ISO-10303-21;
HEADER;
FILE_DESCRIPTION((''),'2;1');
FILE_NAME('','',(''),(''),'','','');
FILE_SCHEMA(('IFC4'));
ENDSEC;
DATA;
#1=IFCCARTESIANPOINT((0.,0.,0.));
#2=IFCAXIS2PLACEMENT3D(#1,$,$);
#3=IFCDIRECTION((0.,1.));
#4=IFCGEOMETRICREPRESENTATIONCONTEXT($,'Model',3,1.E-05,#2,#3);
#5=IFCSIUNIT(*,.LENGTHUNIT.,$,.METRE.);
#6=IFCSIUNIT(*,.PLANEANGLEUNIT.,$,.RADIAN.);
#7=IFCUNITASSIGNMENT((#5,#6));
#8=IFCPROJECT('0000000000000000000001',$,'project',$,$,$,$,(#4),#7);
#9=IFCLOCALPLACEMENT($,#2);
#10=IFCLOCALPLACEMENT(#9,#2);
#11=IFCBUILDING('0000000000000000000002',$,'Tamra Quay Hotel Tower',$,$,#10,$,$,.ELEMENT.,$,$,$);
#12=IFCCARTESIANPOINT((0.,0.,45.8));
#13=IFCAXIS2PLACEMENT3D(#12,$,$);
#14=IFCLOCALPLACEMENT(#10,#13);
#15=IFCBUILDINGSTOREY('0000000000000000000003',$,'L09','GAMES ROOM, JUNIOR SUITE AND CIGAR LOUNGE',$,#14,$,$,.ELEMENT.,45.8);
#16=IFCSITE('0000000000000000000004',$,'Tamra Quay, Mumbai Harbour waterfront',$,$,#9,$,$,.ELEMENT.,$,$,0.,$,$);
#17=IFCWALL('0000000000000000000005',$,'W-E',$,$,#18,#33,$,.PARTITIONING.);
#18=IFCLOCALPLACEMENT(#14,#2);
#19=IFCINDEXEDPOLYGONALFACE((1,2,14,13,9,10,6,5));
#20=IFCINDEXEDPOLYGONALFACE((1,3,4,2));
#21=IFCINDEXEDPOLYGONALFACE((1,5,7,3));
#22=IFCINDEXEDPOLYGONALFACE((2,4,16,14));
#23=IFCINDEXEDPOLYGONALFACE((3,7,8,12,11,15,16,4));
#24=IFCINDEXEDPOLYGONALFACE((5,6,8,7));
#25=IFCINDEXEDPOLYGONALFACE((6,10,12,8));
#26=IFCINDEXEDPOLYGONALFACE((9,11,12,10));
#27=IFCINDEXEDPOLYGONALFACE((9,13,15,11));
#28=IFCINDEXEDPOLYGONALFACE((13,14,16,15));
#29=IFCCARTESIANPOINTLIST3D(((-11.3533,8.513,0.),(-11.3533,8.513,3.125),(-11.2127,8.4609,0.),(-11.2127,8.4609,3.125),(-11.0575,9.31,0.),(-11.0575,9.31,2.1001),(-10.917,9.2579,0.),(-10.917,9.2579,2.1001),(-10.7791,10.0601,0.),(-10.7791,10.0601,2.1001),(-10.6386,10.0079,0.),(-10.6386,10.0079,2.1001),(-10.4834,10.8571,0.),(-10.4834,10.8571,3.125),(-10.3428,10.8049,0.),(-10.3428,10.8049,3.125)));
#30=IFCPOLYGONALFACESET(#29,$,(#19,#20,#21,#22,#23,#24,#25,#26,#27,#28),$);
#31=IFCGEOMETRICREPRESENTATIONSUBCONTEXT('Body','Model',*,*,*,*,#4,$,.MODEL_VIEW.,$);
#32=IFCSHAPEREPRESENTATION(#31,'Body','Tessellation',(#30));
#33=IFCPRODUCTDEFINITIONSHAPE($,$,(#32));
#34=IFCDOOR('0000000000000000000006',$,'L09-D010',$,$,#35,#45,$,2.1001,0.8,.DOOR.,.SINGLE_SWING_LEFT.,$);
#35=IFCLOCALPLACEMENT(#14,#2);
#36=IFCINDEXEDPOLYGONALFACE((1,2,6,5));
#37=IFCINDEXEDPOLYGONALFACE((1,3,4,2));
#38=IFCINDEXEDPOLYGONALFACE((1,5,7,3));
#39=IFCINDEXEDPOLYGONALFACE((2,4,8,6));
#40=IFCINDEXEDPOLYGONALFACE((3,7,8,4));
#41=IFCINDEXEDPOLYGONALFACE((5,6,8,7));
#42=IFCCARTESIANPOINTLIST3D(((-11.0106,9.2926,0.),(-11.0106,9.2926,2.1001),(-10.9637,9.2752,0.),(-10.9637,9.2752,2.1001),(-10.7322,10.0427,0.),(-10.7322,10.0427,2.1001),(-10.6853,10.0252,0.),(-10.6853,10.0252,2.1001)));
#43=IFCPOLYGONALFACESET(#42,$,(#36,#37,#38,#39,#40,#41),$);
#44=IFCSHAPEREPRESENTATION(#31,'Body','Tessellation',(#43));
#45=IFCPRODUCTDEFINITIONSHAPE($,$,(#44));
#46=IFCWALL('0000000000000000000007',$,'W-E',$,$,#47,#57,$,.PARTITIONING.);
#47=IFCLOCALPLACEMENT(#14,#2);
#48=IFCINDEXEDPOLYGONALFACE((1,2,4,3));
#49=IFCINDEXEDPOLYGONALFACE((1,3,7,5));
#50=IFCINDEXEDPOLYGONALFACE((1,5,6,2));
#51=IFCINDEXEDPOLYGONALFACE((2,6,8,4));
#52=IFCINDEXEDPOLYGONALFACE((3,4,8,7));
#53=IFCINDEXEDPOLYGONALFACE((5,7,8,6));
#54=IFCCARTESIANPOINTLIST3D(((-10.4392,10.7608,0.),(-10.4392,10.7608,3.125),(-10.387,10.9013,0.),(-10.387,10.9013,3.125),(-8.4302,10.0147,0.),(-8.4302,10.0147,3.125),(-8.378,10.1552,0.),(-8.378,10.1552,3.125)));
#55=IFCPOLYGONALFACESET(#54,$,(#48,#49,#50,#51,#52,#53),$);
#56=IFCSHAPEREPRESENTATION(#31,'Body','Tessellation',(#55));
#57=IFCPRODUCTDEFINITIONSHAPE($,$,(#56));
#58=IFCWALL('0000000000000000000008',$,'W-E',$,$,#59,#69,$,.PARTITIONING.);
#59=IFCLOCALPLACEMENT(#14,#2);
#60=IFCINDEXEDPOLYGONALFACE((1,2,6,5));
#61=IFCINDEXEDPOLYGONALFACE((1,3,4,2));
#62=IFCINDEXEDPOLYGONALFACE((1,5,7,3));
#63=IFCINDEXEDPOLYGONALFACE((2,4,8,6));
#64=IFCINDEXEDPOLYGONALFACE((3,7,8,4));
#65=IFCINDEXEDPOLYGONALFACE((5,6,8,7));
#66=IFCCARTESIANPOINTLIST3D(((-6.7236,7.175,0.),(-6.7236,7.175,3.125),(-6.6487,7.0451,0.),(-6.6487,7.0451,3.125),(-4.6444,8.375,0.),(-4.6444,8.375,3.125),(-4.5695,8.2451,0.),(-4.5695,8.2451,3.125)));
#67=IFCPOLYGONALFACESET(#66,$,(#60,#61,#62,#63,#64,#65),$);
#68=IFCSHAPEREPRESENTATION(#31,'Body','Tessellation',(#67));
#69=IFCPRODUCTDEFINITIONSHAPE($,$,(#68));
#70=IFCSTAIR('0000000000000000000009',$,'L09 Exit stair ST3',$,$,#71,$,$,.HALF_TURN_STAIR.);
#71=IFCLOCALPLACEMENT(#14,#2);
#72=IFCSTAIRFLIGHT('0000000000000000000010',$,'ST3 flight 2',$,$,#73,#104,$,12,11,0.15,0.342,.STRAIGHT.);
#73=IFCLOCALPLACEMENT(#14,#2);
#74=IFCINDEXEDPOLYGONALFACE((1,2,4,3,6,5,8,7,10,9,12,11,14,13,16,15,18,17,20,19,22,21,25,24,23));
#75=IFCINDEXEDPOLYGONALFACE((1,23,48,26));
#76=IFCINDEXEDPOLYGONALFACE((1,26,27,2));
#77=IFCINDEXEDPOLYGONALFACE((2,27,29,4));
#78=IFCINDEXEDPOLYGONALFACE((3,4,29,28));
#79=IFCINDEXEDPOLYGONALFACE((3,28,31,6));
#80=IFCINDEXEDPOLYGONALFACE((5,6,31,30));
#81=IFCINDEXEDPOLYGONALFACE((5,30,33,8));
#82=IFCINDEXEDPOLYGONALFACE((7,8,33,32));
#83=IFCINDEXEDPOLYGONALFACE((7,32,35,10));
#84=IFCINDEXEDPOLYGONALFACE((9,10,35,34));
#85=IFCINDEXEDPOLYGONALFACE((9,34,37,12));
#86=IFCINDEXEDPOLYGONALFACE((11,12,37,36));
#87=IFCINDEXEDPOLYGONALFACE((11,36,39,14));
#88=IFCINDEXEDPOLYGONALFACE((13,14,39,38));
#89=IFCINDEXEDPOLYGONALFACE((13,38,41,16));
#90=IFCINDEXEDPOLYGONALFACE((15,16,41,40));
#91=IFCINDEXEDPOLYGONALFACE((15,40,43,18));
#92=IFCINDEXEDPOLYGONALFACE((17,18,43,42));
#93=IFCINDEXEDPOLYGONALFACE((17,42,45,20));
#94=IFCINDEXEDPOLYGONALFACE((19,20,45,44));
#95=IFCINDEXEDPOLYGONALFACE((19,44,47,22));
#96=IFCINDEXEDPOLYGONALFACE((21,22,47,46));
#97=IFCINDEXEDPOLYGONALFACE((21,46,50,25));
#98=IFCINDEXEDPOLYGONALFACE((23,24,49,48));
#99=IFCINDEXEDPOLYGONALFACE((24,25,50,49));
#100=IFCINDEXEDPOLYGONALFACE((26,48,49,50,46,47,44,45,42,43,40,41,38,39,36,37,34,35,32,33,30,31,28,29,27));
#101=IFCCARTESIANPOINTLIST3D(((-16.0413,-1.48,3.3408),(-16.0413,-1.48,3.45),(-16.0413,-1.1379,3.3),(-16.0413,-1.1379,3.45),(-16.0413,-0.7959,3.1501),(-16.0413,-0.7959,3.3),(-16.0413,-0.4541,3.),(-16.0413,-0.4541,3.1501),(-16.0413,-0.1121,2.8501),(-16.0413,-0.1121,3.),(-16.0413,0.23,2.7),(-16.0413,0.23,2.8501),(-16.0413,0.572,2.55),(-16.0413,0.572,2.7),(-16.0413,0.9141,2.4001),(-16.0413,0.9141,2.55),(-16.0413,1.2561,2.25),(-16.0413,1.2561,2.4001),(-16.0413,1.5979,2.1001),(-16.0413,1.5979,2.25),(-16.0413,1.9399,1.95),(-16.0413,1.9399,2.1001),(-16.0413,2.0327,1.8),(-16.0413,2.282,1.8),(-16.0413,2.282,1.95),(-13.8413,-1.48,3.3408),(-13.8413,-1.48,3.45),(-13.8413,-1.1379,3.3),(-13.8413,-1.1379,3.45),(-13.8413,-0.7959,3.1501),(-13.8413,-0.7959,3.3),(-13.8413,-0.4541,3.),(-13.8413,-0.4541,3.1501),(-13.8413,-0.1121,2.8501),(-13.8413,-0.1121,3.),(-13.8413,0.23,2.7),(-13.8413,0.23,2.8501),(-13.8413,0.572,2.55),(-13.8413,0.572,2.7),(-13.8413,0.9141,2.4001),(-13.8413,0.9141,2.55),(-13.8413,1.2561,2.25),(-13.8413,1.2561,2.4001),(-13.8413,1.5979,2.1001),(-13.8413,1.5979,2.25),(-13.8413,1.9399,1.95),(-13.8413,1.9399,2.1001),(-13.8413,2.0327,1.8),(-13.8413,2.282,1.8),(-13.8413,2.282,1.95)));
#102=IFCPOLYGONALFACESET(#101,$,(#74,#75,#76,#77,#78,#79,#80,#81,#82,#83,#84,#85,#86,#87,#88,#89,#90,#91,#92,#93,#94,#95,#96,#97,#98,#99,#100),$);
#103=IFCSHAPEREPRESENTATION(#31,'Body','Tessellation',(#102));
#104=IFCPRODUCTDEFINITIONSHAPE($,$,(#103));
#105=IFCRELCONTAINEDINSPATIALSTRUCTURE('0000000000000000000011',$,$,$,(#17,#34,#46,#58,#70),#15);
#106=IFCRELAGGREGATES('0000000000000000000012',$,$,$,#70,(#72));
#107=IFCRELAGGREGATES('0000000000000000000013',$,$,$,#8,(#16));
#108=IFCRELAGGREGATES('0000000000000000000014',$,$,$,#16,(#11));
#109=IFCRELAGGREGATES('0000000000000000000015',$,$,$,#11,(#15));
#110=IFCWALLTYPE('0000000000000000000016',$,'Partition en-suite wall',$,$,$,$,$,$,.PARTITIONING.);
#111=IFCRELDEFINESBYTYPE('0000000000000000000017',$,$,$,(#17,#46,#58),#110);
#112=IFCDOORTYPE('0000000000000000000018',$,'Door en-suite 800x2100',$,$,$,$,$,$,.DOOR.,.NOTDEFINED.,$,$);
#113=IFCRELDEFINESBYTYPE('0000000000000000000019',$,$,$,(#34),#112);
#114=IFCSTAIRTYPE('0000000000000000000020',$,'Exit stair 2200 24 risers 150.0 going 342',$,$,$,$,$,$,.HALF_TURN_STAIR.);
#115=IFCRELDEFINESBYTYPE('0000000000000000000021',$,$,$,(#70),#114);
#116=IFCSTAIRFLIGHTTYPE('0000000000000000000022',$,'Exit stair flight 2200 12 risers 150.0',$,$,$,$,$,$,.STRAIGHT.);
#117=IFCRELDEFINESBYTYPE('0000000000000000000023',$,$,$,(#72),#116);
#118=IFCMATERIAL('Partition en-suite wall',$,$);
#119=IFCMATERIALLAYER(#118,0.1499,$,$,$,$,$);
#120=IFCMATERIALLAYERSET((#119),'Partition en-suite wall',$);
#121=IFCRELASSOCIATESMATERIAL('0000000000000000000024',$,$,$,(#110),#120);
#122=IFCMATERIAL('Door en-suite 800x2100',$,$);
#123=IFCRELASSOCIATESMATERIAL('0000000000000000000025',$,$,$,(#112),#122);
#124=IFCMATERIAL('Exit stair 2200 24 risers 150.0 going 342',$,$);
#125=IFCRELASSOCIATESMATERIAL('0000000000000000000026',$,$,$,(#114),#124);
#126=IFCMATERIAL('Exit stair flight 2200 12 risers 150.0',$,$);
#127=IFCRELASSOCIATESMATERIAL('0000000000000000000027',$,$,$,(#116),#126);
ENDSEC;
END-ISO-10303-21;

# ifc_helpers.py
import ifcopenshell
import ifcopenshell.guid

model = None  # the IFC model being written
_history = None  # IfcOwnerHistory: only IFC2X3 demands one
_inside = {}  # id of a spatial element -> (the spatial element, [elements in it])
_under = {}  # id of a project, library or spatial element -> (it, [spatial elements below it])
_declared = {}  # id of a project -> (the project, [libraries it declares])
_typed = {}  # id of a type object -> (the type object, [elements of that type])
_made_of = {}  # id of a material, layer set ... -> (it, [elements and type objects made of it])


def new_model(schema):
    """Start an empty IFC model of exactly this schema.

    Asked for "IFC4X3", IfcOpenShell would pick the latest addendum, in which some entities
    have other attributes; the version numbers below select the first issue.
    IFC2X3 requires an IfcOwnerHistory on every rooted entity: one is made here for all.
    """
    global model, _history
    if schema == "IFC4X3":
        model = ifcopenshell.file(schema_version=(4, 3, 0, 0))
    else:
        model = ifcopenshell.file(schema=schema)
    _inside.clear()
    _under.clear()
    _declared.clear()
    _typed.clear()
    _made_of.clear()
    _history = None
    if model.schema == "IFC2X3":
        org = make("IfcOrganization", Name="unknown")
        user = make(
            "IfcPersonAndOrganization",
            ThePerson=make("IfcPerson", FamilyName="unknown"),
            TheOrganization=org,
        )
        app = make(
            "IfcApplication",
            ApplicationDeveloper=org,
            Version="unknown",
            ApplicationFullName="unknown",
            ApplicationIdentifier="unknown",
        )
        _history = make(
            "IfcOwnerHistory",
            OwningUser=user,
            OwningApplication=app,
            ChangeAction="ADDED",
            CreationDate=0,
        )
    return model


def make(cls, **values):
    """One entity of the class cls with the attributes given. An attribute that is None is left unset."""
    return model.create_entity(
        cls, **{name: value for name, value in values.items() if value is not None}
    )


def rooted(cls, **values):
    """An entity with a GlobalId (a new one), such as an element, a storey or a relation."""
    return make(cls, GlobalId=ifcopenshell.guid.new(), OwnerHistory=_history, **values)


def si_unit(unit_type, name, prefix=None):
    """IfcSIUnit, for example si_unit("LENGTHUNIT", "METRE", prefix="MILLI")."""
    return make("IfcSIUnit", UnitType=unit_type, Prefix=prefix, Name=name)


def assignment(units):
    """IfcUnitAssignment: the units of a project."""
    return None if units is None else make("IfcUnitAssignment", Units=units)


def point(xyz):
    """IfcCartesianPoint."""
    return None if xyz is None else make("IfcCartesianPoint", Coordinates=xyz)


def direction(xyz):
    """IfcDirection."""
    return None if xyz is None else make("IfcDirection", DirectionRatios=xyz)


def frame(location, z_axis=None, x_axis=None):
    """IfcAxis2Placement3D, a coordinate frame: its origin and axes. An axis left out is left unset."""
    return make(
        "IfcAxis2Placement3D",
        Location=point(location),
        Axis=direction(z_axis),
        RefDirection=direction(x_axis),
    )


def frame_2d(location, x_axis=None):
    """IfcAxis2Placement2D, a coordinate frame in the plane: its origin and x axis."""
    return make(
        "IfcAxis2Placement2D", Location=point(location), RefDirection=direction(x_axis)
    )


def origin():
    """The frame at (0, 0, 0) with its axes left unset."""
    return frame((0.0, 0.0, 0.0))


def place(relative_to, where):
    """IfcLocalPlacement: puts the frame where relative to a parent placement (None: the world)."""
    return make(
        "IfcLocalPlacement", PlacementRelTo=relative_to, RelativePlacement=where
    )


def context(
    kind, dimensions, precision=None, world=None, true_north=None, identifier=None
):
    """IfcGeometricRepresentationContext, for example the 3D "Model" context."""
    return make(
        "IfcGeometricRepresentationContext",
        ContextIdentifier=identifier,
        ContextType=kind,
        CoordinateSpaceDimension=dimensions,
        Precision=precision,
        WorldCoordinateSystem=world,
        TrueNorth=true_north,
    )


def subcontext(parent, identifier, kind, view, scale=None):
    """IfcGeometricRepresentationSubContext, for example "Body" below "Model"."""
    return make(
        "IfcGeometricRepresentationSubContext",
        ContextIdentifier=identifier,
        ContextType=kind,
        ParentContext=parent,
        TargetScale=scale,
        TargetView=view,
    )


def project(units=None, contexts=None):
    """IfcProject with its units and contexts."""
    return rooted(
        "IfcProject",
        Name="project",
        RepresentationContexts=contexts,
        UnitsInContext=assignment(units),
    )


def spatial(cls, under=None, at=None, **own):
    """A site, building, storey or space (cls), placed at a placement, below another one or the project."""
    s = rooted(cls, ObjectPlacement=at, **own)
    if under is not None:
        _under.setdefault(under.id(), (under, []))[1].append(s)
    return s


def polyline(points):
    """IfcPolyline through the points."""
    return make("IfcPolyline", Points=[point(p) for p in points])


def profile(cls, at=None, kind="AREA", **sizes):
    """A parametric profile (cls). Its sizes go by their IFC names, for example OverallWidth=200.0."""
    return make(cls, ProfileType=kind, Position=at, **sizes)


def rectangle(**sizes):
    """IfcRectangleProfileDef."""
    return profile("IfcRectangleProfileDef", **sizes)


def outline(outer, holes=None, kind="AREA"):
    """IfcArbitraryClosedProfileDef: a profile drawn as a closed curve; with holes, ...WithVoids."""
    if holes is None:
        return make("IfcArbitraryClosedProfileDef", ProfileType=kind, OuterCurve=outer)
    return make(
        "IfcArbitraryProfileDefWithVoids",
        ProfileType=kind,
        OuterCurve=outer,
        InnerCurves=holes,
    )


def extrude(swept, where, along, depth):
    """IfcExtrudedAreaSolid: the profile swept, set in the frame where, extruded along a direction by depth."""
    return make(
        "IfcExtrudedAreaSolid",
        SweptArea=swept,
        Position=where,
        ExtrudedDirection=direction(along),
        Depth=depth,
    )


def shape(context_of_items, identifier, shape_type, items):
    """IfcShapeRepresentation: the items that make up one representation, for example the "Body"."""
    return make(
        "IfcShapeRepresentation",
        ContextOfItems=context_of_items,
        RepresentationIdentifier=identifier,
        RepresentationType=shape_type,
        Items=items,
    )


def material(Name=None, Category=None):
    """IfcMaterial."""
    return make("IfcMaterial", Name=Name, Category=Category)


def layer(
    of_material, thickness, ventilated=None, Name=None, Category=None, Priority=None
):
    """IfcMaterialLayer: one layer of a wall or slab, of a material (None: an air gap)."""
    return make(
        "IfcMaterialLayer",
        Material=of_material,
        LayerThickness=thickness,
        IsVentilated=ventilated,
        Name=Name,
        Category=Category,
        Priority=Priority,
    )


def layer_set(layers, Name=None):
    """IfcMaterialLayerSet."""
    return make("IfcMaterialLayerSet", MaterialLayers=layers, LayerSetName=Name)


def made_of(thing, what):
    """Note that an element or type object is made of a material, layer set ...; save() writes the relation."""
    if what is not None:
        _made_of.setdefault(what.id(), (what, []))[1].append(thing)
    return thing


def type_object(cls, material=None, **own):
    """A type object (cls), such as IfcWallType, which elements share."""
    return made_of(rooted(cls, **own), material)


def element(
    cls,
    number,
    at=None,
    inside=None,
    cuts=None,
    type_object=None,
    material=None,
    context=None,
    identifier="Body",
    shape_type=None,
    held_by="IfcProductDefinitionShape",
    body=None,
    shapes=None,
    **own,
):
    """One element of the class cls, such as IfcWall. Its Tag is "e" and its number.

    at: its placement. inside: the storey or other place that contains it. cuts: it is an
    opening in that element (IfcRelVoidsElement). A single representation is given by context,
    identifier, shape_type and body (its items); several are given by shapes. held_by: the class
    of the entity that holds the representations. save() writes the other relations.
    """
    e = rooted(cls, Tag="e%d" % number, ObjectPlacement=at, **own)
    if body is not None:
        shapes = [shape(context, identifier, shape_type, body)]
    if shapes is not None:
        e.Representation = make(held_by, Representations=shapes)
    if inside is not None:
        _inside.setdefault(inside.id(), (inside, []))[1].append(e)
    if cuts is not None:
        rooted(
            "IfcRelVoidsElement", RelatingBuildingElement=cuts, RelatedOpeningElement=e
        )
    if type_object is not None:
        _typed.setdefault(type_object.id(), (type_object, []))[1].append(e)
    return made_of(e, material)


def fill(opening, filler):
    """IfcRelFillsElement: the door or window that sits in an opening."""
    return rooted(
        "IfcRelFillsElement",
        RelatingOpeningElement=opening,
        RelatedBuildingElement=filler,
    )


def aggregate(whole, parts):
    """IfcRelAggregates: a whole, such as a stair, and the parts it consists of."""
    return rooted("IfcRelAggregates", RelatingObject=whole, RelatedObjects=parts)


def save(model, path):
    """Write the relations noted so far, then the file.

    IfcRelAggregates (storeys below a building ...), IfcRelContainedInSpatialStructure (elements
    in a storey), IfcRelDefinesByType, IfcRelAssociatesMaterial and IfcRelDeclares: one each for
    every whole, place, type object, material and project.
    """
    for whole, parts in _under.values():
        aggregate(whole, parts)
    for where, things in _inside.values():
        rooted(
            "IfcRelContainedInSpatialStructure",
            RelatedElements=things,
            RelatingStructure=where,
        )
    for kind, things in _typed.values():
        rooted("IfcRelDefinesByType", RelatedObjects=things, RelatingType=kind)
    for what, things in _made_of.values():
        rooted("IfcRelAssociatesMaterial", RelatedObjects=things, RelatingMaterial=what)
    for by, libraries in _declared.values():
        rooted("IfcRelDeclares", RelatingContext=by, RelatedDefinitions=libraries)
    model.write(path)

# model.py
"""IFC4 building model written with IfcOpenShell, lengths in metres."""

from ifc_helpers import new_model, si_unit, direction, frame, frame_2d, origin, place, context, subcontext, project, spatial, polyline, rectangle, outline, extrude, material, layer, layer_set, type_object, element, fill, aggregate, save


model = new_model("IFC4")

# Units and contexts
model_context = context("Model", 3, precision=1e-05, world=origin(), true_north=direction((0.0, 1.0)))
body_context = subcontext(model_context, "Body", "Model", "MODEL_VIEW")
ifc_project = project(units=[si_unit("LENGTHUNIT", "METRE"), si_unit("PLANEANGLEUNIT", "RADIAN")], contexts=[model_context])

# Site, building, storey
site_placement = place(None, origin())
site = spatial("IfcSite", under=ifc_project, at=site_placement, Name="Tamra Quay, Mumbai Harbour waterfront", CompositionType="ELEMENT", RefElevation=0.0)
building_placement = place(site_placement, origin())
building = spatial("IfcBuilding", under=site, at=building_placement, Name="Tamra Quay Hotel Tower", CompositionType="ELEMENT")
storey_placement = place(building_placement, frame((0.0, 0.0, 45.8)))
storey = spatial("IfcBuildingStorey", under=building, at=storey_placement, Name="L09", Description="GAMES ROOM, JUNIOR SUITE AND CIGAR LOUNGE", CompositionType="ELEMENT", Elevation=45.8)

# Wall, opening, door
ifc_material_1 = material(Name="Partition en-suite wall")
ifc_layer_1 = layer(ifc_material_1, 0.1499)
ifc_layer_set_1 = layer_set([ifc_layer_1], Name="Partition en-suite wall")
wall_type_1 = type_object("IfcWallType", Name="Partition en-suite wall", PredefinedType="PARTITIONING", material=ifc_layer_set_1)
wall_1_placement = place(storey_placement, frame((-11.283, 8.4871, 0.0), z_axis=(0.0, 0.0, 1.0), x_axis=(0.347922, 0.937524, 0.0)))
wall_1 = element("IfcWall", 1, at=wall_1_placement, inside=storey, type_object=wall_type_1, Name="W-E", PredefinedType="PARTITIONING", context=body_context, shape_type="SweptSolid", body=[
    extrude(rectangle(XDim=2.5002, YDim=0.1499, at=frame_2d((1.25, 0.0))), origin(), (0.0, 0.0, 1.0), 3.125),
])
opening_1_placement = place(wall_1_placement, frame((0.8501, 0.0, 0.0)))
opening_1 = element("IfcOpeningElement", 2, at=opening_1_placement, cuts=wall_1, PredefinedType="OPENING", context=body_context, shape_type="SweptSolid", body=[
    extrude(rectangle(XDim=0.8, YDim=2.1001, at=frame_2d((0.3999, 1.05))), frame((0.0, 0.085, 0.0), z_axis=(0.0, -1.0, 0.0), x_axis=(1.0, 0.0, 0.0)), (0.0, 0.0, 1.0), 0.1699),
])
ifc_material_2 = material(Name="Door en-suite 800x2100")
door_type_1 = type_object("IfcDoorType", Name="Door en-suite 800x2100", OperationType="NOTDEFINED", PredefinedType="DOOR", material=ifc_material_2)
door_1_placement = place(opening_1_placement, origin())
door_1 = element("IfcDoor", 3, at=door_1_placement, inside=storey, type_object=door_type_1, Name="L09-D010", OperationType="SINGLE_SWING_LEFT", OverallHeight=2.1001, OverallWidth=0.8, PredefinedType="DOOR", context=body_context, shape_type="SweptSolid", body=[
    extrude(rectangle(XDim=0.8, YDim=2.1001, at=frame_2d((0.3999, 1.05))), frame((0.0, 0.0249, 0.0), z_axis=(0.0, -1.0, 0.0), x_axis=(1.0, 0.0, 0.0)), (0.0, 0.0, 1.0), 0.05),
])
fill(opening_1, door_1)

# Walls
wall_2_placement = place(storey_placement, frame((-10.4131, 10.8311, 0.0), z_axis=(0.0, 0.0, 1.0), x_axis=(0.937443, -0.348138, 0.0)))
element("IfcWall", 4, at=wall_2_placement, inside=storey, type_object=wall_type_1, Name="W-E", PredefinedType="PARTITIONING", context=body_context, shape_type="SweptSolid", body=[
    extrude(rectangle(XDim=2.1431, YDim=0.1499, at=frame_2d((1.0715, 0.0))), origin(), (0.0, 0.0, 1.0), 3.125),
])
wall_3_placement = place(storey_placement, frame((-6.686, 7.1101, 0.0), z_axis=(0.0, 0.0, 1.0), x_axis=(0.866101, 0.499869, 0.0)))
element("IfcWall", 5, at=wall_3_placement, inside=storey, type_object=wall_type_1, Name="W-E", PredefinedType="PARTITIONING", context=body_context, shape_type="SweptSolid", body=[
    extrude(rectangle(XDim=2.4006, YDim=0.1499, at=frame_2d((1.2002, 0.0))), origin(), (0.0, 0.0, 1.0), 3.125),
])

# Stair, stair flight
ifc_material_3 = material(Name="Exit stair 2200 24 risers 150.0 going 342")
stair_type = type_object("IfcStairType", Name="Exit stair 2200 24 risers 150.0 going 342", PredefinedType="HALF_TURN_STAIR", material=ifc_material_3)
stair_placement = place(storey_placement, origin())
stair = element("IfcStair", 6, at=stair_placement, inside=storey, type_object=stair_type, Name="L09 Exit stair ST3", PredefinedType="HALF_TURN_STAIR")
ifc_material_4 = material(Name="Exit stair flight 2200 12 risers 150.0")
stair_flight_type = type_object("IfcStairFlightType", Name="Exit stair flight 2200 12 risers 150.0", PredefinedType="STRAIGHT", material=ifc_material_4)
stair_flight_placement = place(storey_placement, frame((-14.9414, 2.282, 1.8), z_axis=(0.0, 0.0, 1.0), x_axis=(0.0, -1.0, 0.0)))
stair_flight = element("IfcStairFlight", 7, at=stair_flight_placement, type_object=stair_flight_type, Name="ST3 flight 2", NumberOfRisers=12, NumberOfTreads=11, PredefinedType="STRAIGHT", RiserHeight=0.15, TreadLength=0.342, context=body_context, shape_type="SweptSolid", body=[
    extrude(outline(polyline([(0.0, 0.0), (0.0, 0.1499), (0.342, 0.1499), (0.342, 0.3), (0.6841, 0.3), (0.6841, 0.45), (1.0259, 0.45), (1.0259, 0.6001), (1.3679, 0.6001), (1.3679, 0.75), (1.71, 0.75), (1.71, 0.8999), (2.052, 0.8999), (2.052, 1.05), (2.394, 1.05), (2.394, 1.2), (2.7361, 1.2), (2.7361, 1.3501), (3.0779, 1.3501), (3.0779, 1.5), (3.4199, 1.5), (3.4199, 1.6499), (3.762, 1.6499), (3.762, 1.8), (3.762, 1.5408), (0.2493, 0.0), (0.0, 0.0)])), frame((0.0, 1.1001, 0.0), z_axis=(0.0, -1.0, 0.0), x_axis=(1.0, 0.0, 0.0)), (0.0, 0.0, 1.0), 2.2),
])
aggregate(stair, [stair_flight])

save(model, "model.ifc")
